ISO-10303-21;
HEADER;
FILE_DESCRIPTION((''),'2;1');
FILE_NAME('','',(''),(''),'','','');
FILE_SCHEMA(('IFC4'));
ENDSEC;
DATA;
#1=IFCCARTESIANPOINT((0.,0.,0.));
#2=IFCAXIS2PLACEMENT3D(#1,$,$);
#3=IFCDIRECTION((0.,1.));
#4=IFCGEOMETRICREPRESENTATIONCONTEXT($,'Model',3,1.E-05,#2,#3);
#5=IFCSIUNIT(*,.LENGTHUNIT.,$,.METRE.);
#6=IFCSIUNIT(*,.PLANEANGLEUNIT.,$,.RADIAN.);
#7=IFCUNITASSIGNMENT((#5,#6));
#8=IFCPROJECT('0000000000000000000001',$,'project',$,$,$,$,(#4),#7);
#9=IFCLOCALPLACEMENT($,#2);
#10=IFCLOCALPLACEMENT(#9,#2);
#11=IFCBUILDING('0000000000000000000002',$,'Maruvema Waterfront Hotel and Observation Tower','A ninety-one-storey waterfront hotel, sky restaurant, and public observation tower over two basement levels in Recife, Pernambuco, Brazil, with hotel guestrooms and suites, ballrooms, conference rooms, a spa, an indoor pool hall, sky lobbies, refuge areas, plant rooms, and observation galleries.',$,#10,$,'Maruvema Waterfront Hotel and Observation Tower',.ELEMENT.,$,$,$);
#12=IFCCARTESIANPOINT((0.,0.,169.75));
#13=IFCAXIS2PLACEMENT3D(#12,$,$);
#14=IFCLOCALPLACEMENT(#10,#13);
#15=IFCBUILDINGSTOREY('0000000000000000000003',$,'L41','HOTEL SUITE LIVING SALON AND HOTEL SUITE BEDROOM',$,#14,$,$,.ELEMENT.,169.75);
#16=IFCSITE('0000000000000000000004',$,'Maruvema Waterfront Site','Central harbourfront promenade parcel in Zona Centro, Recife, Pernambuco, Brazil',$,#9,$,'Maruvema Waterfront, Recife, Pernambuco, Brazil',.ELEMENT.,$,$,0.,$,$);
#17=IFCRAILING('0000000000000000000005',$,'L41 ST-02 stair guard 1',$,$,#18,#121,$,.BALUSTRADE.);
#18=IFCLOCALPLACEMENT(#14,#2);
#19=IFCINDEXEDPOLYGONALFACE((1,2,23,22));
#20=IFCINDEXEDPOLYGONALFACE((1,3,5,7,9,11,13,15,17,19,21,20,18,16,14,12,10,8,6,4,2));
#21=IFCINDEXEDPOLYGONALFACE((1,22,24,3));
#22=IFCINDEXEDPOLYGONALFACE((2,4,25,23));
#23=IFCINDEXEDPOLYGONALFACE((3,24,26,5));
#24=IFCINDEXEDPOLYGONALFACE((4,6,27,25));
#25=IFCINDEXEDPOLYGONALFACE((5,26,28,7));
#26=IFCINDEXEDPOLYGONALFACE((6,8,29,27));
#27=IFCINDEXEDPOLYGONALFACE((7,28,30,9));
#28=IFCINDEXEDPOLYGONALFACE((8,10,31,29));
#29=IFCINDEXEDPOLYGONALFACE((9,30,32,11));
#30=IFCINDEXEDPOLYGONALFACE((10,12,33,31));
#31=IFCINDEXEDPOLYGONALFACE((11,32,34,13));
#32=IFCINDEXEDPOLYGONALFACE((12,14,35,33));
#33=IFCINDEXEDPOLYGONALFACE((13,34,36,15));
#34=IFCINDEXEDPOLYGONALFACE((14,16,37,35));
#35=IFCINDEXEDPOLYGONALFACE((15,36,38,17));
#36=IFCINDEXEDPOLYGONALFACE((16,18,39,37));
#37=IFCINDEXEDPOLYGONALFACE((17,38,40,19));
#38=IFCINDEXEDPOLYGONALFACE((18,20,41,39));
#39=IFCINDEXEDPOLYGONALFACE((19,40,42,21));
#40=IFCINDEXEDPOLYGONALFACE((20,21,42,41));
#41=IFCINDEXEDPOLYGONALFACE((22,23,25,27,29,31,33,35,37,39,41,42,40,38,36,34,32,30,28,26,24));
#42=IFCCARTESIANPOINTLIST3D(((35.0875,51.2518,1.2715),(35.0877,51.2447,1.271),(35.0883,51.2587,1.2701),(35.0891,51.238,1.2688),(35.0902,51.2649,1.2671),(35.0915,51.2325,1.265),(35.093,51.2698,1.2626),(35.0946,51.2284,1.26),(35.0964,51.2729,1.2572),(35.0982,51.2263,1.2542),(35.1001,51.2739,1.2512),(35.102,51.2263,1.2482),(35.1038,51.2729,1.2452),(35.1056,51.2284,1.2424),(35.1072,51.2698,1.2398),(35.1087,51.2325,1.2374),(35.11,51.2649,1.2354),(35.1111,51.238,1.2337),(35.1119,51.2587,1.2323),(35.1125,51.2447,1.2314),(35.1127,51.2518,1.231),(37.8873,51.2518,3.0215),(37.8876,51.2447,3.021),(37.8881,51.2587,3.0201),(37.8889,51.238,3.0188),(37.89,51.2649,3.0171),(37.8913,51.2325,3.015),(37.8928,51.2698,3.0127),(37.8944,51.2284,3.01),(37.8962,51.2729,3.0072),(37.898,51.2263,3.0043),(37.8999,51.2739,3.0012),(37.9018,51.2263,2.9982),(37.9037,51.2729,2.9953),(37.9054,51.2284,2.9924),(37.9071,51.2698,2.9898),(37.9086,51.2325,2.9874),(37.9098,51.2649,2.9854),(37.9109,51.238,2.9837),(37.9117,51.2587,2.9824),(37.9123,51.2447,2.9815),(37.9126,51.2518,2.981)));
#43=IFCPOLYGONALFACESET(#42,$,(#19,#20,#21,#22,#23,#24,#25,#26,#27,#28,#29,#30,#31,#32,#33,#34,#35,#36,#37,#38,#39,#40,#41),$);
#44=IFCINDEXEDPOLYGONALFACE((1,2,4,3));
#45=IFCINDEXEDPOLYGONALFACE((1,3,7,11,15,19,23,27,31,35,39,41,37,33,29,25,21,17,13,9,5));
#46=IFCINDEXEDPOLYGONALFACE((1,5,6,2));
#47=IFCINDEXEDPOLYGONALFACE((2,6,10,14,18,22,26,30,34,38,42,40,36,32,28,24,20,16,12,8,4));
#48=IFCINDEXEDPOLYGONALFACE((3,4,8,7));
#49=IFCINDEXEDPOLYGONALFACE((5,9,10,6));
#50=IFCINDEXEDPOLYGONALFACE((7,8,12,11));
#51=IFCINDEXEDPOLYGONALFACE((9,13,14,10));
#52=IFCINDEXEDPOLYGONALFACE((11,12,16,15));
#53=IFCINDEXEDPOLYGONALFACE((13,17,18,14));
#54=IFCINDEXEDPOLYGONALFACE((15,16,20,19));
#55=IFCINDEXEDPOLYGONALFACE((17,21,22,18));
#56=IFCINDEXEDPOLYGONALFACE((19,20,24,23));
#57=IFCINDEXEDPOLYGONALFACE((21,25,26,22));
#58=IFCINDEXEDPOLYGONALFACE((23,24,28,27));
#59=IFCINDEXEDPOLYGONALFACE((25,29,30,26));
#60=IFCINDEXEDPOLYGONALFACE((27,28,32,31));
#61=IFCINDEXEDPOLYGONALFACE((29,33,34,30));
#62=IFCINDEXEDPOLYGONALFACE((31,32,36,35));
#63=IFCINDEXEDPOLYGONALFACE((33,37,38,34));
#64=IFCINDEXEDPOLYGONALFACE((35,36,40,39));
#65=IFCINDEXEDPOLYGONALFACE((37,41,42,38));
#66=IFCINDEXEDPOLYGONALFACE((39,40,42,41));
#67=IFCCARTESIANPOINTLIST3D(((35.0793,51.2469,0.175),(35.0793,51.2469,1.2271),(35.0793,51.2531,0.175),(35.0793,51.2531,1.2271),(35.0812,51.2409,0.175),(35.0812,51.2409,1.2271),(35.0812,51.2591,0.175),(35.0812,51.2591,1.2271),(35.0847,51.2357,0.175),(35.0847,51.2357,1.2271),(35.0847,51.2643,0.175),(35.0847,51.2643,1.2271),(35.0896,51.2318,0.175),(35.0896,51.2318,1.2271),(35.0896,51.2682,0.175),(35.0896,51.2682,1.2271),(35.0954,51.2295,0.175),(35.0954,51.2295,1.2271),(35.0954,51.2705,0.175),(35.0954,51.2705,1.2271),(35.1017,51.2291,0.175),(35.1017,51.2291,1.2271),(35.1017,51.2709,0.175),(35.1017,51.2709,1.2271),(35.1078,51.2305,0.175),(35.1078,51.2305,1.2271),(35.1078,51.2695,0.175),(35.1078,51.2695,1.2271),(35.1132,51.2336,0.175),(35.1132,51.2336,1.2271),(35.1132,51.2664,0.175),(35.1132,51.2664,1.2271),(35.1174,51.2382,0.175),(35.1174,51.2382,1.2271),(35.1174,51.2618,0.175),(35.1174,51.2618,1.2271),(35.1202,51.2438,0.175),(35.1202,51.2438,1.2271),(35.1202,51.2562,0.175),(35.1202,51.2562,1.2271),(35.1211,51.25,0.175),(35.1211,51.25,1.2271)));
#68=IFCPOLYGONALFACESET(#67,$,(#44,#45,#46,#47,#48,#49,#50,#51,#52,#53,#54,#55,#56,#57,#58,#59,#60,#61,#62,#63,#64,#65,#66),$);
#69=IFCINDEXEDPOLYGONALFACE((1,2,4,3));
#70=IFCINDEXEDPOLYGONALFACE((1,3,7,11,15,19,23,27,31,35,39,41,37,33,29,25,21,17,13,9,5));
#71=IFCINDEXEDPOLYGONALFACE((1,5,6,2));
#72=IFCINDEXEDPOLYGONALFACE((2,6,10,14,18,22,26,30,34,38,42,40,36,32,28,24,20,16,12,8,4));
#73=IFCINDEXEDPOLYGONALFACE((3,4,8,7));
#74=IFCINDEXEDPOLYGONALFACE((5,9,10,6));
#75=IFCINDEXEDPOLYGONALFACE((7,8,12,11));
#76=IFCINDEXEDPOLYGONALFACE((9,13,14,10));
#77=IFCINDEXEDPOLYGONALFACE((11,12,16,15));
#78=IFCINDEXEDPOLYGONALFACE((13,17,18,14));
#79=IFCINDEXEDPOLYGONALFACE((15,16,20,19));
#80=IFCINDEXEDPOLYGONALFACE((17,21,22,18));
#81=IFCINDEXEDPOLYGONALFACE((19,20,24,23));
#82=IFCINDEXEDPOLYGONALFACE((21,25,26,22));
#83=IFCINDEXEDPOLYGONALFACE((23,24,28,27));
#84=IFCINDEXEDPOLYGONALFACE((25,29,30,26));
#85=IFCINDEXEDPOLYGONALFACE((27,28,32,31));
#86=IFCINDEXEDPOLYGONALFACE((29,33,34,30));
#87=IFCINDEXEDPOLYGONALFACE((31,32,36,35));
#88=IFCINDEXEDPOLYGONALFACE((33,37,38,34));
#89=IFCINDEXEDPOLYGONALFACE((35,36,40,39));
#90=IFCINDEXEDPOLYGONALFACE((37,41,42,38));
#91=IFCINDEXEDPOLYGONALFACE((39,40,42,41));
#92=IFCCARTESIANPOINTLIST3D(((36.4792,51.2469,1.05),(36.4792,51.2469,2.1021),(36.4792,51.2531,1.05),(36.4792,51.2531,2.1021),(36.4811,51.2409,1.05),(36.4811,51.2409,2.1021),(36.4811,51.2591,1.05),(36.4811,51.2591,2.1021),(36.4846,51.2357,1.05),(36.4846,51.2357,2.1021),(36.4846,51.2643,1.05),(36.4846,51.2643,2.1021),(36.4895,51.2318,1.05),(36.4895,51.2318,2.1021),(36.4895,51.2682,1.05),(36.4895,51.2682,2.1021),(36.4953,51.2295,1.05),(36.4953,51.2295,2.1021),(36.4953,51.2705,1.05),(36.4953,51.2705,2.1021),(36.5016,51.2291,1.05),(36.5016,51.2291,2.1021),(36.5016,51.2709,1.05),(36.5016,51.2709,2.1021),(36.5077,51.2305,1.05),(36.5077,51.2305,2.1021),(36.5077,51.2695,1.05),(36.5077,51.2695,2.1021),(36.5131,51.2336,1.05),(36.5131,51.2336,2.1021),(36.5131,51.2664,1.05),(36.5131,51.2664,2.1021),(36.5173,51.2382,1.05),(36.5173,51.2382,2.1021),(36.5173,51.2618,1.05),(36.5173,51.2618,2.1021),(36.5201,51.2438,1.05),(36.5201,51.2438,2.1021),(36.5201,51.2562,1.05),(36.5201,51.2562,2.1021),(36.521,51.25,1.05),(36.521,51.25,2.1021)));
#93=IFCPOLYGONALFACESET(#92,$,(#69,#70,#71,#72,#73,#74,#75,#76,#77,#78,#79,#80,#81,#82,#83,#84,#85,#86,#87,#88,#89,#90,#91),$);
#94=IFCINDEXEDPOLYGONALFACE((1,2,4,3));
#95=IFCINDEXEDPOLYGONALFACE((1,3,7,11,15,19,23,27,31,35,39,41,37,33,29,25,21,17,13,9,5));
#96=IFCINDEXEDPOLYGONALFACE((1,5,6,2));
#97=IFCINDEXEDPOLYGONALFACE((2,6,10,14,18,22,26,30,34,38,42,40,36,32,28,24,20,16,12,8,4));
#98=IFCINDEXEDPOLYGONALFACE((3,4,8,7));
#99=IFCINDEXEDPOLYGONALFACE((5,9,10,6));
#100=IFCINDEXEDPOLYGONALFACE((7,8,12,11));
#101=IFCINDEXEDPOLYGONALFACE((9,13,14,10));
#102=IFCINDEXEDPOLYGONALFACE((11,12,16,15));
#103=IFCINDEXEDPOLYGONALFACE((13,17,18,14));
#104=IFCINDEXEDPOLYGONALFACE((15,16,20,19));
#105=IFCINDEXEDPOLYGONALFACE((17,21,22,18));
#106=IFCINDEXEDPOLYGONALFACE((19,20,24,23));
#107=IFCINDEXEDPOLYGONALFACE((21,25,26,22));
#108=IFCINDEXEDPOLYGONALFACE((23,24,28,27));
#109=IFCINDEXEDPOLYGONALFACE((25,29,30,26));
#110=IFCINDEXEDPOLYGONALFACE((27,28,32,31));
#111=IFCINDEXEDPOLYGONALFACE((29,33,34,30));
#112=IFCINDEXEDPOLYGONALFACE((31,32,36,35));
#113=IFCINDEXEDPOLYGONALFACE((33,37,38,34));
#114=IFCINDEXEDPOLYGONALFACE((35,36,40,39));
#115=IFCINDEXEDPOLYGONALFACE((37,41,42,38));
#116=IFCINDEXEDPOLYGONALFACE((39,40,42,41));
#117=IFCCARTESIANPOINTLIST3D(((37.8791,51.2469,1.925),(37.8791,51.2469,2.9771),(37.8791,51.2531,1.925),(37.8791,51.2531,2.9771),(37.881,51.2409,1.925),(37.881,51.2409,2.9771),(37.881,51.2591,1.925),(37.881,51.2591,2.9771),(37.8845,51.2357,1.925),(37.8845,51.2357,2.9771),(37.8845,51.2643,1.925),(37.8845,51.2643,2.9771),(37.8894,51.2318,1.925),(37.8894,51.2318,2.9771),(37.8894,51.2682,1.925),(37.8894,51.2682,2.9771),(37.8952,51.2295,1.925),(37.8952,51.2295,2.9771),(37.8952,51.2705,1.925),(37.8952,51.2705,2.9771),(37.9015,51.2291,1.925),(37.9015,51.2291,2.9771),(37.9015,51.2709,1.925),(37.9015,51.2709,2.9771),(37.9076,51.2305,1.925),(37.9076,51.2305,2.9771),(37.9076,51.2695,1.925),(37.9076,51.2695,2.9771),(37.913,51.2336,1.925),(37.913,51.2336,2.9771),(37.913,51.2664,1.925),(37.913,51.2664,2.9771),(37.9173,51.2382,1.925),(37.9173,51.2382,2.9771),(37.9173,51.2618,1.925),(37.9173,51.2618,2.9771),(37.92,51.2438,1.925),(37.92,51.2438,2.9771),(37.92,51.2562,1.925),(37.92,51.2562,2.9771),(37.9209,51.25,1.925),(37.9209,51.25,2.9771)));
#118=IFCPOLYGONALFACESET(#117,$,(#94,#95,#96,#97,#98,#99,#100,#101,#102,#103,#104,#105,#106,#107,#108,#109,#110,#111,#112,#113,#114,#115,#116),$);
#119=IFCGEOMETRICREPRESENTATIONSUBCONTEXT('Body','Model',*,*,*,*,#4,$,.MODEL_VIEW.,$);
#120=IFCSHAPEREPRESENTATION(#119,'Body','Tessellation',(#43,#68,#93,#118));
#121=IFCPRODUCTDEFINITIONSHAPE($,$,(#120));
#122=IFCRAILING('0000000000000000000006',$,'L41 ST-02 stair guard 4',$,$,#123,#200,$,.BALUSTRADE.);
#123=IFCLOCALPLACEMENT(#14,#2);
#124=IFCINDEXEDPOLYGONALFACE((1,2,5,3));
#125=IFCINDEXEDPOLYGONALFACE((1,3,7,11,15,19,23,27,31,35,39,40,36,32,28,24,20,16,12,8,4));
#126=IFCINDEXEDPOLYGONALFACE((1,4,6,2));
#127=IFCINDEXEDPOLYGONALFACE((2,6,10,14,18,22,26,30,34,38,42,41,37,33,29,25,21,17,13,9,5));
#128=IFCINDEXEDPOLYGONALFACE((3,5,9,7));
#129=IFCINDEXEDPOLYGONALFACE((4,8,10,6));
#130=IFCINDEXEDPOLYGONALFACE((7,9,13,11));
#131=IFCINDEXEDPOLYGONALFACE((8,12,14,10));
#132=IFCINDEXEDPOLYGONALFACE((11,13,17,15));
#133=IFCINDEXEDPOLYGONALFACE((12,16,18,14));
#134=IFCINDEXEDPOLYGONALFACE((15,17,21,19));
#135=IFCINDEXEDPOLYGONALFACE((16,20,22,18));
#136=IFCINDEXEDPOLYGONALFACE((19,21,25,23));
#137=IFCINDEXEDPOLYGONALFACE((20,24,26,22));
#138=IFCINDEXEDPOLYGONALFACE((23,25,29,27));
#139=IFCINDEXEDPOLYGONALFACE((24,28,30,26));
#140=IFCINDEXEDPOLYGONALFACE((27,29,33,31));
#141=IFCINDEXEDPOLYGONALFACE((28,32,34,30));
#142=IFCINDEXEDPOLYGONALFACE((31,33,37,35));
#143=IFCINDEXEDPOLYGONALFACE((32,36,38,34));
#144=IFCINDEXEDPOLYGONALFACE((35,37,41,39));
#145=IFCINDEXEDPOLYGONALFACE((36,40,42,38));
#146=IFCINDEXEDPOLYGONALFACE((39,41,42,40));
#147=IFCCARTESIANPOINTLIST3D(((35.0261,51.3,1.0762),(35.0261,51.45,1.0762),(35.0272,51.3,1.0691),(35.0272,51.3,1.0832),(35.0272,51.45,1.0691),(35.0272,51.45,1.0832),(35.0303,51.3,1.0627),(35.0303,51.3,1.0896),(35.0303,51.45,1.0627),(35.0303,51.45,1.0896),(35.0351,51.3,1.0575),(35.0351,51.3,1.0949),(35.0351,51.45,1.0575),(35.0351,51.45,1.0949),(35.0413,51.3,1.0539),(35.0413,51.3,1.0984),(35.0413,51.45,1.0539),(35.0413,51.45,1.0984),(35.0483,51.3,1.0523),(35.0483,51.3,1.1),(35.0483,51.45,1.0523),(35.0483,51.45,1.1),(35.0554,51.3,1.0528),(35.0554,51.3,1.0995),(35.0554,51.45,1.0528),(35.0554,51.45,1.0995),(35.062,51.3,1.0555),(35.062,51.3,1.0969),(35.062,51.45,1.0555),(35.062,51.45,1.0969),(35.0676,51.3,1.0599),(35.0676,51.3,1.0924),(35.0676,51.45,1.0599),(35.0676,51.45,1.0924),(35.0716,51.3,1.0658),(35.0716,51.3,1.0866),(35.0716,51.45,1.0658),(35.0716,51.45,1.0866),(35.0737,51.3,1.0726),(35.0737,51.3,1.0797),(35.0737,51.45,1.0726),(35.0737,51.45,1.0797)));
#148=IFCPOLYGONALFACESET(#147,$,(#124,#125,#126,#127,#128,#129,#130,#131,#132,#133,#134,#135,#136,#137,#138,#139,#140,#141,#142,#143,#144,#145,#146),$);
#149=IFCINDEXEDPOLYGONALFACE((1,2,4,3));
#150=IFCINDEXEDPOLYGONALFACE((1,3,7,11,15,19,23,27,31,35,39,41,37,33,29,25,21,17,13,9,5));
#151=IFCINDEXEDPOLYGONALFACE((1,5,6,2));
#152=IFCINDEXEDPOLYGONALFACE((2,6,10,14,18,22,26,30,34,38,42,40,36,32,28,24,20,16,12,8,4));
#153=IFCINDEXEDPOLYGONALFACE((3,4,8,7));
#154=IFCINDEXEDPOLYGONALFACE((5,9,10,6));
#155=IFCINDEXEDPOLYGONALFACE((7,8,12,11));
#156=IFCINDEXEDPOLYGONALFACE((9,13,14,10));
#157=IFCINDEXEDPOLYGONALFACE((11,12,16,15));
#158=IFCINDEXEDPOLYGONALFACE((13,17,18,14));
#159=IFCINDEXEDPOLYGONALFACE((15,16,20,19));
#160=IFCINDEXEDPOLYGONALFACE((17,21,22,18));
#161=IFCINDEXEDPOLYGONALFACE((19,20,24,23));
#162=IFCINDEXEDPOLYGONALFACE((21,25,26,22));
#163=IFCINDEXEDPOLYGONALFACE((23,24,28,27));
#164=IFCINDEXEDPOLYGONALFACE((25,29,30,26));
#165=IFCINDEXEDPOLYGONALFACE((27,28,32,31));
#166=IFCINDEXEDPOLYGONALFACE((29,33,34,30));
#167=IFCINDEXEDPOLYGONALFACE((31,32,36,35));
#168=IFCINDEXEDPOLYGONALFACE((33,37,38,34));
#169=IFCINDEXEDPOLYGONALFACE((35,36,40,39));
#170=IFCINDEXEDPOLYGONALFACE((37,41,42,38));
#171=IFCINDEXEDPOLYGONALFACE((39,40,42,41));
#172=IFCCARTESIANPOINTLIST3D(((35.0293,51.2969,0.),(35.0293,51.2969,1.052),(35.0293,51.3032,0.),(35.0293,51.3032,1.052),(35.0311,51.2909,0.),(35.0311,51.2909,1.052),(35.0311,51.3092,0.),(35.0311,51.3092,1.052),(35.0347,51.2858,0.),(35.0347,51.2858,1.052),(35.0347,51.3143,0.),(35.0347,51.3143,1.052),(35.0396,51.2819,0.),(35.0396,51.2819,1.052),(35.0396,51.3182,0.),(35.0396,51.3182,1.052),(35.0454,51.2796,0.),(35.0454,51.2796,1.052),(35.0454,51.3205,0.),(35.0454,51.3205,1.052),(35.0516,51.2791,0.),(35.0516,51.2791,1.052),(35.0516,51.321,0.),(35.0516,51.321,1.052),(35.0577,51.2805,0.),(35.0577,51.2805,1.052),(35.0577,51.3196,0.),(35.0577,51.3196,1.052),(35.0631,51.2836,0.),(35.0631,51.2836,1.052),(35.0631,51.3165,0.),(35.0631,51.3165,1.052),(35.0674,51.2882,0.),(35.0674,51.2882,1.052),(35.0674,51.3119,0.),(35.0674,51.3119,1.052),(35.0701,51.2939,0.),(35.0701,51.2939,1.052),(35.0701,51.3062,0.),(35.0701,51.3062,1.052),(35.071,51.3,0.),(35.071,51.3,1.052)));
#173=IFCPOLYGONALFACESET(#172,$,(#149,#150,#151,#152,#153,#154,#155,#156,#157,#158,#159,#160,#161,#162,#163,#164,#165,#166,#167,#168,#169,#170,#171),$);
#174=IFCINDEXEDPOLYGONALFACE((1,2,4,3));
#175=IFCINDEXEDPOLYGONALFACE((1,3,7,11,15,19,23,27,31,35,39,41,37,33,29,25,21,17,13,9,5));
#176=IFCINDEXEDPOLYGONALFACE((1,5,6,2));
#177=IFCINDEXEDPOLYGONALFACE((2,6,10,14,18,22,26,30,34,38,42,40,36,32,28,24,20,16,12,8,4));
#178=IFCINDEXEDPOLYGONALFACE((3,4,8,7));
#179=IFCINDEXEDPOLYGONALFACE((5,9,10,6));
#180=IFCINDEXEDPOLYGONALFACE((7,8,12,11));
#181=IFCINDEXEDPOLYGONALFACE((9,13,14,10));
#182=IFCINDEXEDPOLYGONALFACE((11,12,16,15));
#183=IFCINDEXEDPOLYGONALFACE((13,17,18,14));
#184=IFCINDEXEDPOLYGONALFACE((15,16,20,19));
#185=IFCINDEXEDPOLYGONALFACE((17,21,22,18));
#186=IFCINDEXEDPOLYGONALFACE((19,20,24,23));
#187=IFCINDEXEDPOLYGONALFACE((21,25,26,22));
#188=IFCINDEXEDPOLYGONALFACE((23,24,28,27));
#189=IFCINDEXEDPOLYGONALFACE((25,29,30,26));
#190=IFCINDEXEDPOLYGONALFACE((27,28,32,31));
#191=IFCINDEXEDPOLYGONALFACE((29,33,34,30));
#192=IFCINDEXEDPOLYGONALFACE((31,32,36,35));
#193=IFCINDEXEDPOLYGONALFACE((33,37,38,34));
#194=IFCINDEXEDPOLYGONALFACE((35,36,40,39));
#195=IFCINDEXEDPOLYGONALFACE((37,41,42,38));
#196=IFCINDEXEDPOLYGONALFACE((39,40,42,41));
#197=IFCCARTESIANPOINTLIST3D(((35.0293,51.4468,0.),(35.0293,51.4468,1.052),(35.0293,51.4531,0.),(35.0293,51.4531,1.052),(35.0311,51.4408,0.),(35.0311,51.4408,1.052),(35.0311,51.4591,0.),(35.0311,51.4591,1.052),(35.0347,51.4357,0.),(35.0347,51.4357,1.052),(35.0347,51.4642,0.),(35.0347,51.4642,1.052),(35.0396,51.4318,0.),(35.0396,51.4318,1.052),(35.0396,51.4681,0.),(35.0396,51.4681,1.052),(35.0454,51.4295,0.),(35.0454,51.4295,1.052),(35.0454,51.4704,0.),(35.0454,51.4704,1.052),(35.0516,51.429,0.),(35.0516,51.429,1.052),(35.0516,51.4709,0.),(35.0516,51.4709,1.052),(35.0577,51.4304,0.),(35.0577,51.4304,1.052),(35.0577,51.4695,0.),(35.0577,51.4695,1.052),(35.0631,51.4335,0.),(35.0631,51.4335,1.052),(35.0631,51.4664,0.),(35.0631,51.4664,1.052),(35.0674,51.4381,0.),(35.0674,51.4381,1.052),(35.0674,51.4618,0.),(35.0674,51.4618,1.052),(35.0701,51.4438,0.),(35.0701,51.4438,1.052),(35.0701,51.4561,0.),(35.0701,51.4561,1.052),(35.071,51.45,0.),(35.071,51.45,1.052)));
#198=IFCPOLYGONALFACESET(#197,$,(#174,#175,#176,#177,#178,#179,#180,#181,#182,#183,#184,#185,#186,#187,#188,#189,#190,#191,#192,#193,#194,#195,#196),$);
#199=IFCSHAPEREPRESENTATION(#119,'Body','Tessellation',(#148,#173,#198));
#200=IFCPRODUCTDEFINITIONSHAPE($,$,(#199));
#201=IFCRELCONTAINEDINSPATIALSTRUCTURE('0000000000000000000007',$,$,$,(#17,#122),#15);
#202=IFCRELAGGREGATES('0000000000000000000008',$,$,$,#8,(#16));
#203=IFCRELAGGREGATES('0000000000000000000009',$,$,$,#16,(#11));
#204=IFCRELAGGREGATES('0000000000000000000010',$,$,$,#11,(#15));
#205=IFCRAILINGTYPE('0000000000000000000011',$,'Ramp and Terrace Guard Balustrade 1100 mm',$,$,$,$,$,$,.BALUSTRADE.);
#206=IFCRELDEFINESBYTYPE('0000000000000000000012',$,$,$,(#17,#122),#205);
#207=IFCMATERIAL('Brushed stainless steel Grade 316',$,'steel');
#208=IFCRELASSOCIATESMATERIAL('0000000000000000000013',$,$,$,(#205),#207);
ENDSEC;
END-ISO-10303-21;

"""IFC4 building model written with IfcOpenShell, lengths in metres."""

from ifc_helpers import new_model, si_unit, direction, frame, origin, origin_2d, place, context, subcontext, project, spatial, circle, extrude, material, type_object, element, save


model = new_model("IFC4")

# Units and contexts
model_context = context("Model", 3, precision=1e-05, world=origin(), true_north=direction((0.0, 1.0)))
body_context = subcontext(model_context, "Body", "Model", "MODEL_VIEW")
ifc_project = project(units=[si_unit("LENGTHUNIT", "METRE"), si_unit("PLANEANGLEUNIT", "RADIAN")], contexts=[model_context])

# Site, building, storey
site_placement = place(None, origin())
site = spatial("IfcSite", under=ifc_project, at=site_placement, Name="Maruvema Waterfront Site", Description="Central harbourfront promenade parcel in Zona Centro, Recife, Pernambuco, Brazil", LongName="Maruvema Waterfront, Recife, Pernambuco, Brazil", CompositionType="ELEMENT", RefElevation=0.0)
building_placement = place(site_placement, origin())
building = spatial("IfcBuilding", under=site, at=building_placement, Name="Maruvema Waterfront Hotel and Observation Tower", Description="A ninety-one-storey waterfront hotel, sky restaurant, and public observation tower over two basement levels in Recife, Pernambuco, Brazil, with hotel guestrooms and suites, ballrooms, conference rooms, a spa, an indoor pool hall, sky lobbies, refuge areas, plant rooms, and observation galleries.", LongName="Maruvema Waterfront Hotel and Observation Tower", CompositionType="ELEMENT")
storey_placement = place(building_placement, frame((0.0, 0.0, 169.75)))
storey = spatial("IfcBuildingStorey", under=building, at=storey_placement, Name="L41", Description="HOTEL SUITE LIVING SALON AND HOTEL SUITE BEDROOM", CompositionType="ELEMENT", Elevation=169.75)

# Railings
ifc_material_1 = material(Name="Brushed stainless steel Grade 316", Category="steel")
railing_type_1 = type_object("IfcRailingType", Name="Ramp and Terrace Guard Balustrade 1100 mm", PredefinedType="BALUSTRADE", material=ifc_material_1)
railing_1_placement = place(storey_placement, frame((35.1001, 51.25, 0.175)))
element("IfcRailing", 1, at=railing_1_placement, inside=storey, type_object=railing_type_1, Name="L41 ST-02 stair guard 1", PredefinedType="BALUSTRADE", context=body_context, shape_type="SweptSolid", body=[
    extrude(circle(Radius=0.0239, at=origin_2d()), frame((0.0, 0.0, 1.0762), z_axis=(0.847982, 0.0, 0.530026), x_axis=(0.0, 1.0, 0.0)), (0.0, 0.0, 1.0), 3.3018),
    extrude(circle(Radius=0.021, at=origin_2d()), origin(), (0.0, 0.0, 1.0), 1.052),
    extrude(circle(Radius=0.021, at=origin_2d()), frame((1.3999, 0.0, 0.875)), (0.0, 0.0, 1.0), 1.052),
    extrude(circle(Radius=0.021, at=origin_2d()), frame((2.7998, 0.0, 1.75)), (0.0, 0.0, 1.0), 1.052),
])
railing_2_placement = place(storey_placement, frame((35.05, 51.3, 0.0)))
element("IfcRailing", 2, at=railing_2_placement, inside=storey, type_object=railing_type_1, Name="L41 ST-02 stair guard 4", PredefinedType="BALUSTRADE", context=body_context, shape_type="SweptSolid", body=[
    extrude(circle(Radius=0.0239, at=origin_2d()), frame((0.0, 0.0, 1.0762), z_axis=(0.0, 1.0, 0.0), x_axis=(-1.0, 0.0, 0.0)), (0.0, 0.0, 1.0), 0.1499),
    extrude(circle(Radius=0.021, at=origin_2d()), origin(), (0.0, 0.0, 1.0), 1.052),
    extrude(circle(Radius=0.021, at=origin_2d()), frame((0.0, 0.1499, 0.0)), (0.0, 0.0, 1.0), 1.052),
])

save(model, "model.ifc")
